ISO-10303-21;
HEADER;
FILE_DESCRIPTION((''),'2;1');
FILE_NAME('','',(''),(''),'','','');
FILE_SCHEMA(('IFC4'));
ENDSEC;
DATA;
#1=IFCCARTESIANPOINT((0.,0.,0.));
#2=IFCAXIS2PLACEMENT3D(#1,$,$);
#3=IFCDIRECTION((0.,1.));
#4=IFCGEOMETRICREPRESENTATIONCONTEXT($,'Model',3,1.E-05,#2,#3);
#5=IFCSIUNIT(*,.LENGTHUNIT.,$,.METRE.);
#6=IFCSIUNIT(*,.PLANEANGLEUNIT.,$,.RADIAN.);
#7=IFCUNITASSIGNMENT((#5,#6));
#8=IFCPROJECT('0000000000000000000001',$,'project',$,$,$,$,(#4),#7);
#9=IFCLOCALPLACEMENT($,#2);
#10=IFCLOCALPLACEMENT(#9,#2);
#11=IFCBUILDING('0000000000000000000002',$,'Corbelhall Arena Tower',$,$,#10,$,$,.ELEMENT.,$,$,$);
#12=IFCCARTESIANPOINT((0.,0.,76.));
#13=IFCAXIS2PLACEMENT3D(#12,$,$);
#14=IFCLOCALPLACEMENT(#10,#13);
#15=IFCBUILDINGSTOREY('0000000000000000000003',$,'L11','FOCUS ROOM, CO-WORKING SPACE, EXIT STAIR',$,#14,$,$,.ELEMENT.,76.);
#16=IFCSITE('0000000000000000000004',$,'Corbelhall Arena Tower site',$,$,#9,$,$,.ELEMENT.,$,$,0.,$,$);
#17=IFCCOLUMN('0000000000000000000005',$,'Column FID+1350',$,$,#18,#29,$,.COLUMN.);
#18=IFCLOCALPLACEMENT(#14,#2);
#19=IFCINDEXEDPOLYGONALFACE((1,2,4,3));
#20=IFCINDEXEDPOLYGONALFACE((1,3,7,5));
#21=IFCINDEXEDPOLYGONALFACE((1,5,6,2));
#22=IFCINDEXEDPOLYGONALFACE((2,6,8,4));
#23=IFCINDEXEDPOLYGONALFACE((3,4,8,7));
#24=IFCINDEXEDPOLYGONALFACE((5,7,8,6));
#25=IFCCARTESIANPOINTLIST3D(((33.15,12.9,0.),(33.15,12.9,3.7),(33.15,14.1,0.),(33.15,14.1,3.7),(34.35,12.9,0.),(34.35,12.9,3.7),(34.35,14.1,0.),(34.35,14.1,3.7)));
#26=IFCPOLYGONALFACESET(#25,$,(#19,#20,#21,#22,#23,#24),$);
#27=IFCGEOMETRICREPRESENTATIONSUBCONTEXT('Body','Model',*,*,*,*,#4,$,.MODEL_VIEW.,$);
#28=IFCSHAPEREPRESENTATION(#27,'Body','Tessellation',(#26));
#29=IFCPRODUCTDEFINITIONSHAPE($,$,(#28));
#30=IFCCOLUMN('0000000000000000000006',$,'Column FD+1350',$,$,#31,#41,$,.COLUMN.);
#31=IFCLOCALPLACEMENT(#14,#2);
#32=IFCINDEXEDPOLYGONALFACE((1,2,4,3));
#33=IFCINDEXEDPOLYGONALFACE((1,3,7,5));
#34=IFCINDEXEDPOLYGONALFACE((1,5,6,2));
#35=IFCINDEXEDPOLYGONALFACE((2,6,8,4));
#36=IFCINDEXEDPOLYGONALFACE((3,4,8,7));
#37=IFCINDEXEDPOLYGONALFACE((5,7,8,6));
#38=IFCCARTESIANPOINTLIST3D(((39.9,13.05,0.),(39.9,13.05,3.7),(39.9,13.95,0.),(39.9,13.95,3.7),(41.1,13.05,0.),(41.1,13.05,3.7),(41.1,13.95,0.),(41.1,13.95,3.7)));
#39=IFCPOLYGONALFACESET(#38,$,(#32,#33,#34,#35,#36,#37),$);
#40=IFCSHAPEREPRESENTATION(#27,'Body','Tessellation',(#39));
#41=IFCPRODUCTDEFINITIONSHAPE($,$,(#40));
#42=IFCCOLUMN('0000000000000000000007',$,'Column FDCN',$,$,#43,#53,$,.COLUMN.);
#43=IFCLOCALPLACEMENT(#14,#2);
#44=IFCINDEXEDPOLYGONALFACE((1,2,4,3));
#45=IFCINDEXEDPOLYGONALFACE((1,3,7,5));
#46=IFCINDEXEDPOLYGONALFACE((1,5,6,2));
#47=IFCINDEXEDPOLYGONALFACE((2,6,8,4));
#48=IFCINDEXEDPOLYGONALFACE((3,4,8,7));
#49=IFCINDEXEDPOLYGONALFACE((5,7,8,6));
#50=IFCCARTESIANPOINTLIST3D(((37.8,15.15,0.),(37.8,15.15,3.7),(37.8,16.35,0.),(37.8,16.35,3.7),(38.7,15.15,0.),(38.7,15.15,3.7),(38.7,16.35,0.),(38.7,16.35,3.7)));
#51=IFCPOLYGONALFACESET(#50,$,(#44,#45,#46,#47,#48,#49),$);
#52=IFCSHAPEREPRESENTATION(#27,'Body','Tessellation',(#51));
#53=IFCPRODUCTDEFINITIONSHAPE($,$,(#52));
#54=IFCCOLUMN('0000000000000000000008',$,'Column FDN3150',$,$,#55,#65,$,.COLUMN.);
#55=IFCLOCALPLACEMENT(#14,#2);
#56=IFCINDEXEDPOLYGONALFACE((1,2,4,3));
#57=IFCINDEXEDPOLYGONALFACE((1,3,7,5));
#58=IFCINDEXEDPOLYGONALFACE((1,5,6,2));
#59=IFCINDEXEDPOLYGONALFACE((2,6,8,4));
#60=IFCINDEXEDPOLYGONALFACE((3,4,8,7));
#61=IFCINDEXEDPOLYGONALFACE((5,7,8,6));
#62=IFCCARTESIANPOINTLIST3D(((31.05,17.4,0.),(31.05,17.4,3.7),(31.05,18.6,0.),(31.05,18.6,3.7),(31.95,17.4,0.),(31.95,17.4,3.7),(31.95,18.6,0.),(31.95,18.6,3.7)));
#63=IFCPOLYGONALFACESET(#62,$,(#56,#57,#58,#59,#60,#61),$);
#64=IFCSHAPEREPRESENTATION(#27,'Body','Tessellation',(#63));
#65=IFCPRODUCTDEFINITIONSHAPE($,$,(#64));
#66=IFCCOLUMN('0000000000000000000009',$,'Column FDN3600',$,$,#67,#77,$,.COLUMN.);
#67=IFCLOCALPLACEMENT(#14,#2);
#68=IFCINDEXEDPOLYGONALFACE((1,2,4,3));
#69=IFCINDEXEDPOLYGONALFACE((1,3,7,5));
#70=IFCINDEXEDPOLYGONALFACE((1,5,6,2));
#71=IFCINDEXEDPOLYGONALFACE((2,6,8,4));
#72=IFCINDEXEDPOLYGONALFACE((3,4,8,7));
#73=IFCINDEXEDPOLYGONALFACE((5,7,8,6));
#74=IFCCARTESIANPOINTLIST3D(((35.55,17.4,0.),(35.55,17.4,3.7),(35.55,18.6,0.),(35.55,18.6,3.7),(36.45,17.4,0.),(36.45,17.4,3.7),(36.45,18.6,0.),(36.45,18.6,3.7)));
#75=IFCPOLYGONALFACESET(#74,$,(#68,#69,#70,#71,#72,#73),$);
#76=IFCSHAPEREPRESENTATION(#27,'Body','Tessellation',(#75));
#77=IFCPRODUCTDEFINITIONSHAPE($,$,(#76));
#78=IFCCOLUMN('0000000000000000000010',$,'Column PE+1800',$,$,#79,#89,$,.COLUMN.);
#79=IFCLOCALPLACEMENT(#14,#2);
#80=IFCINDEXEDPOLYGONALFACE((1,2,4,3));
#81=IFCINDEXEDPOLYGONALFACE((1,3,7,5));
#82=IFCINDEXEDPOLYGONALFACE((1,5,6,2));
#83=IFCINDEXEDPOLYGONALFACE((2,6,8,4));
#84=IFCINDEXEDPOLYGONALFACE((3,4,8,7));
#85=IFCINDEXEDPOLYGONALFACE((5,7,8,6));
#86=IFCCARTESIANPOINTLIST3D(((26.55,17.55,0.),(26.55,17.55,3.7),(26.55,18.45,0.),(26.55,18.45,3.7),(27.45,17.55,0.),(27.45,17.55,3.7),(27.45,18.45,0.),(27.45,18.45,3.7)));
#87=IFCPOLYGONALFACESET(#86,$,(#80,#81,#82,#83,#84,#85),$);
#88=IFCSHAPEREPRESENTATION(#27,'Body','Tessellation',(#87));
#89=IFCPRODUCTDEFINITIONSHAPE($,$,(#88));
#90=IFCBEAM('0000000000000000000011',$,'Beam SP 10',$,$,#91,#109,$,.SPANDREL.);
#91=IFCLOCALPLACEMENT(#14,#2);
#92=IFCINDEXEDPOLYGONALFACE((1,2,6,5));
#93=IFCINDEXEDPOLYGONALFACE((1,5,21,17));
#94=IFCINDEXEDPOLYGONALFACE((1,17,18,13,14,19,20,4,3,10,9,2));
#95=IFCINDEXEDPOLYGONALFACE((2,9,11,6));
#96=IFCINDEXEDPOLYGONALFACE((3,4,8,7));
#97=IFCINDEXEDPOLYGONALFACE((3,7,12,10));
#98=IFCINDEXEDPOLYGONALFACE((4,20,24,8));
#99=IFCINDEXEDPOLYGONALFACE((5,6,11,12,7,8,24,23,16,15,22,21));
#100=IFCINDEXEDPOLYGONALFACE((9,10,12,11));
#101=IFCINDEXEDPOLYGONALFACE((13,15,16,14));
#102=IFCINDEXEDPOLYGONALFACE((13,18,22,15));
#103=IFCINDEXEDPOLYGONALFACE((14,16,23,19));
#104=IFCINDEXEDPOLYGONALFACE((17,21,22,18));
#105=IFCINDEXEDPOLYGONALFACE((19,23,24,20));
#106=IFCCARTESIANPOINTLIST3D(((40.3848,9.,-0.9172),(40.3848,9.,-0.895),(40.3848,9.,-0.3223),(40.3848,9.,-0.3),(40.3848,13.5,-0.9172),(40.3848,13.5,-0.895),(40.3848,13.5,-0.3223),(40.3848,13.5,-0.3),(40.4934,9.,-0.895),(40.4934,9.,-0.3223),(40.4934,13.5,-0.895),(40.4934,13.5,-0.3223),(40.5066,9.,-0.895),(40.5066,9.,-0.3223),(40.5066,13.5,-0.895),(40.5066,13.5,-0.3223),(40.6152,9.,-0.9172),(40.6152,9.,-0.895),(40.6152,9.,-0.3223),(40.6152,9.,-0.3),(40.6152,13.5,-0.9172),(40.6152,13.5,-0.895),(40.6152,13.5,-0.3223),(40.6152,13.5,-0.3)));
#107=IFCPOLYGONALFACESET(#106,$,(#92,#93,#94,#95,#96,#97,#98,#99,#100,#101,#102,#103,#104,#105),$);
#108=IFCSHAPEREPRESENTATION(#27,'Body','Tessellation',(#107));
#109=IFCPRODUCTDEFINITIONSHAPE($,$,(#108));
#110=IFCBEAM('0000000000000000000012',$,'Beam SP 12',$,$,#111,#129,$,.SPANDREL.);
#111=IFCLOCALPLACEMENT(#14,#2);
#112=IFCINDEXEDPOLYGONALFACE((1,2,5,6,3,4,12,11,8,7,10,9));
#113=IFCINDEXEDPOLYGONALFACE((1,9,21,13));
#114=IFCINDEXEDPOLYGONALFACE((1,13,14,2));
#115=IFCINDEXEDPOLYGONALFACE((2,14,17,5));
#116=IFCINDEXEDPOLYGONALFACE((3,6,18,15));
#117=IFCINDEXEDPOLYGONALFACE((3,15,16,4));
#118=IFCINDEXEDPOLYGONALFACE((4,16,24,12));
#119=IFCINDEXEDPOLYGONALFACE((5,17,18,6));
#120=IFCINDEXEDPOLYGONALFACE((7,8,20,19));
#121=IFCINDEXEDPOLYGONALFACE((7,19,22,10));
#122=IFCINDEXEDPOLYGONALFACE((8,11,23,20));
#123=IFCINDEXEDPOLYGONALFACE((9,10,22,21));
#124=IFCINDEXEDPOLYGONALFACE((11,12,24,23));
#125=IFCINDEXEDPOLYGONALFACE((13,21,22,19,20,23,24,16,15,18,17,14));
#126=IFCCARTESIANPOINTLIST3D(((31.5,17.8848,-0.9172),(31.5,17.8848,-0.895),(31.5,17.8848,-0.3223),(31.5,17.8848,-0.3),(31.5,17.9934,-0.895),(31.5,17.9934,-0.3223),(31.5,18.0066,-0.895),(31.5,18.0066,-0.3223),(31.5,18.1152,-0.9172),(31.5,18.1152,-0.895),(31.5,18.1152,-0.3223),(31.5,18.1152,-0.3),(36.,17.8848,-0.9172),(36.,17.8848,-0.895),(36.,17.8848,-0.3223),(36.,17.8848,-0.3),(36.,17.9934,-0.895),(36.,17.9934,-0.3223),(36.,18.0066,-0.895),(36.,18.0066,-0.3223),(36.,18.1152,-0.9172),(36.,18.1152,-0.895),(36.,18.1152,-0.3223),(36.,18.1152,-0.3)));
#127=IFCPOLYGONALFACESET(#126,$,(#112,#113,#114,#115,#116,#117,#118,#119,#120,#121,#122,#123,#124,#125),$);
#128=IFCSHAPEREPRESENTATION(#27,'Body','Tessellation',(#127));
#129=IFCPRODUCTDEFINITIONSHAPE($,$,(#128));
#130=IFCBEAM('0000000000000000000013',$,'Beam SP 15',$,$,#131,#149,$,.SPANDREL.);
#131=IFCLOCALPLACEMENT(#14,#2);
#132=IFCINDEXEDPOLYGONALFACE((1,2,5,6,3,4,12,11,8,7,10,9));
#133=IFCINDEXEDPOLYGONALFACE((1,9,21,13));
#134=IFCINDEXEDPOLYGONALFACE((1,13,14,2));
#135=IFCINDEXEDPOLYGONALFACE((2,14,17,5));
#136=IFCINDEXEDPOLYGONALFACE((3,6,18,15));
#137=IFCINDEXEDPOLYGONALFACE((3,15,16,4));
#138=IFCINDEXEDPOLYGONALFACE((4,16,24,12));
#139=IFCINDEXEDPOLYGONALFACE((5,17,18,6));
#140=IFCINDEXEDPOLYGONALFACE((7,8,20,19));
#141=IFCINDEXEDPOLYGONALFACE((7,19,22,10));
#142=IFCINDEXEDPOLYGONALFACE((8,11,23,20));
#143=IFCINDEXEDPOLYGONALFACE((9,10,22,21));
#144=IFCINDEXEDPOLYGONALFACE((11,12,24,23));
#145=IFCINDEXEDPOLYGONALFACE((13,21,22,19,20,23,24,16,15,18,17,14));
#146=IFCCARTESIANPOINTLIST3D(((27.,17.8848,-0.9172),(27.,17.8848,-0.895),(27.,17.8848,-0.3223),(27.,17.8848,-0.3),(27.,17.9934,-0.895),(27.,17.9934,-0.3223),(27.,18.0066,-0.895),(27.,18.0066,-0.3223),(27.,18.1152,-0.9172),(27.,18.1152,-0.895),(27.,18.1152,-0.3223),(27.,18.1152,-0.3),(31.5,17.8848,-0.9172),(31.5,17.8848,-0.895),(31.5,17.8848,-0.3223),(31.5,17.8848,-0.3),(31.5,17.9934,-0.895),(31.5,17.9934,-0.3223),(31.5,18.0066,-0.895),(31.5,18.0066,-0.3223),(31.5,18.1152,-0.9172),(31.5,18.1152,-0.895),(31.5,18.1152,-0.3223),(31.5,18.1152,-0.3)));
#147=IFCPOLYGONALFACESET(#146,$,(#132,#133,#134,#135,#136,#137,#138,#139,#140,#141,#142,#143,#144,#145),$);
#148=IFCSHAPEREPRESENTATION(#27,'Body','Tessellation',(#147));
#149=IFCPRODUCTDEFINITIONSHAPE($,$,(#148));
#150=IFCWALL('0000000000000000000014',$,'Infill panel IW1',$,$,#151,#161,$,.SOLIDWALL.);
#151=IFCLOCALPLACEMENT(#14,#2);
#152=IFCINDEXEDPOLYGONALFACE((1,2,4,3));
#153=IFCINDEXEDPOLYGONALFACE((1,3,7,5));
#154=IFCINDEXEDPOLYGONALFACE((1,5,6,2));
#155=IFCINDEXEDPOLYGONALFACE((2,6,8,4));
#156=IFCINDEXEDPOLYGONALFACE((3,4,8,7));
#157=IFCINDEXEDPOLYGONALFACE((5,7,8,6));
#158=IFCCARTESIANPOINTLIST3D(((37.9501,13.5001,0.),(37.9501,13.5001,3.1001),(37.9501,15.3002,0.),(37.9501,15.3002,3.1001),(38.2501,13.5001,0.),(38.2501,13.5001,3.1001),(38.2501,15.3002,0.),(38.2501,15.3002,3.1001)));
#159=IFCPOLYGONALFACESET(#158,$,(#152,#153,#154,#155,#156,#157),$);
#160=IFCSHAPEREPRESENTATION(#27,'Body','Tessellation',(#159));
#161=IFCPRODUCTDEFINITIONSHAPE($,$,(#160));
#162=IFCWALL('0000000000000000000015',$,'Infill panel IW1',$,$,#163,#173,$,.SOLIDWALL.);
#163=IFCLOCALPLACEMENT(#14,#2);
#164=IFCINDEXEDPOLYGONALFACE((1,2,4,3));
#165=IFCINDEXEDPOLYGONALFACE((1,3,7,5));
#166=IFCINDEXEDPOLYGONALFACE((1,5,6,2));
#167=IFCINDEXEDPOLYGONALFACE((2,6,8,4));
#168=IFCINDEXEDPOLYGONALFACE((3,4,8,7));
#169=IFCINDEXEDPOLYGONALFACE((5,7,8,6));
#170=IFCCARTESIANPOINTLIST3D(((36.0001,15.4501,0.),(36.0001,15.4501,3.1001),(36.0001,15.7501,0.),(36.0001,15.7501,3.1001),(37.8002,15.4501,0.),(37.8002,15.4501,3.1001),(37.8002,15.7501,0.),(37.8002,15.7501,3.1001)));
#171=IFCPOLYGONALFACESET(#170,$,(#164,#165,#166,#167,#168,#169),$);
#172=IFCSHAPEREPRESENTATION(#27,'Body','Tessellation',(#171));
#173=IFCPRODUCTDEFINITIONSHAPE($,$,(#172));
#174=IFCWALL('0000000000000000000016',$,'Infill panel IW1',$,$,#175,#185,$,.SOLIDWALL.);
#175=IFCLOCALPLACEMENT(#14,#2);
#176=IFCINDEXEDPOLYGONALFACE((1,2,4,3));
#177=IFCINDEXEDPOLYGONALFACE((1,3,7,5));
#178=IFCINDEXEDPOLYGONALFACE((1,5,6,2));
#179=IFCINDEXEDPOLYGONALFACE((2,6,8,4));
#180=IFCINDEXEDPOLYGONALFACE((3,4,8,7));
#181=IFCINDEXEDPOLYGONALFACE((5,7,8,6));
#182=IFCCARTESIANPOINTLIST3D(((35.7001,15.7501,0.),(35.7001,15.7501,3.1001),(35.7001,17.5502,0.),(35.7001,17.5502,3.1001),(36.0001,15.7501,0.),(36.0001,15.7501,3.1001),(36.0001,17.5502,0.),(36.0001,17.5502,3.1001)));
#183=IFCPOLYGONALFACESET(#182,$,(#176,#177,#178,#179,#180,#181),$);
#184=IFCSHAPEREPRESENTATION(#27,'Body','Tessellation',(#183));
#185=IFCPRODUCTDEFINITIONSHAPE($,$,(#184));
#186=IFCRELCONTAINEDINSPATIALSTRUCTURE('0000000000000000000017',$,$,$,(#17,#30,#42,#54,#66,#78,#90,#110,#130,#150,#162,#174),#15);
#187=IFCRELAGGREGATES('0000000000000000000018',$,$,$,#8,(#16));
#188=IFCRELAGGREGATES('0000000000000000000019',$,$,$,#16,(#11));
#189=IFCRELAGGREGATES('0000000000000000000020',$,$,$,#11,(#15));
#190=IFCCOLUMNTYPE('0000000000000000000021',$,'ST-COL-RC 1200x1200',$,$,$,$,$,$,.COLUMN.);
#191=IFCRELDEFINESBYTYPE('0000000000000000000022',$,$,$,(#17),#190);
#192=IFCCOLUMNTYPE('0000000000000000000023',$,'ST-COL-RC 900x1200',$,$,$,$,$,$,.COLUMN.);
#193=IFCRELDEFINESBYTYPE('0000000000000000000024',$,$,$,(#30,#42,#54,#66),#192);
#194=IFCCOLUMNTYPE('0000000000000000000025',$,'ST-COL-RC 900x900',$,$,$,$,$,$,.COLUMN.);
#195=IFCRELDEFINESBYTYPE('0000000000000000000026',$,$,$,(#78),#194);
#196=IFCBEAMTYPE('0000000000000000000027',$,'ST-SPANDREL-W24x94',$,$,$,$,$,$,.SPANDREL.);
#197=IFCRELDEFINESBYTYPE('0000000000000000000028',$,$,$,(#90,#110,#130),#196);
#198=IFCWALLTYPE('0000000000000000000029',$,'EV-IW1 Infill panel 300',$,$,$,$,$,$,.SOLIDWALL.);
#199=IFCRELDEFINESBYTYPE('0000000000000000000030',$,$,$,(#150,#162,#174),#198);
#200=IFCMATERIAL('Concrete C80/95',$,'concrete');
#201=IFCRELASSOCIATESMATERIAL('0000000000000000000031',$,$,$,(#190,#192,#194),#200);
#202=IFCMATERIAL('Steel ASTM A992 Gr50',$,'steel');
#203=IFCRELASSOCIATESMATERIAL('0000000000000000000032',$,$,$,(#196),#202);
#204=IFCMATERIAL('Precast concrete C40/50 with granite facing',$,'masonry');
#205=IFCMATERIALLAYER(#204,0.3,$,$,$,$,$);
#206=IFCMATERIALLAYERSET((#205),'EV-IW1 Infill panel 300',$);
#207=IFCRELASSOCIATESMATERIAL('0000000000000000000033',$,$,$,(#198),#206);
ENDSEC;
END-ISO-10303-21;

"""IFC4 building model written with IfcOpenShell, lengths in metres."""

from ifc_helpers import new_model, si_unit, direction, frame, frame_2d, origin, origin_2d, place, context, subcontext, project, spatial, rectangle, i_section, extrude, material, layer, layer_set, material_profile, profile_set, type_object, element, save


model = new_model("IFC4")

# Units and contexts
model_context = context("Model", 3, precision=1e-05, world=origin(), true_north=direction((0.0, 1.0)))
body_context = subcontext(model_context, "Body", "Model", "MODEL_VIEW")
ifc_project = project(units=[si_unit("LENGTHUNIT", "METRE"), si_unit("PLANEANGLEUNIT", "RADIAN")], contexts=[model_context])

# Site, building, storey
site_placement = place(None, origin())
site = spatial("IfcSite", under=ifc_project, at=site_placement, Name="Corbelhall Arena Tower site", CompositionType="ELEMENT", RefElevation=0.0)
building_placement = place(site_placement, origin())
building = spatial("IfcBuilding", under=site, at=building_placement, Name="Corbelhall Arena Tower", CompositionType="ELEMENT")
storey_placement = place(building_placement, frame((0.0, 0.0, 76.0)))
storey = spatial("IfcBuildingStorey", under=building, at=storey_placement, Name="L11", Description="FOCUS ROOM, CO-WORKING SPACE, EXIT STAIR", CompositionType="ELEMENT", Elevation=76.0)

# Columns
ifc_material_1 = material(Name="Concrete C80/95", Category="concrete")
ifc_material_profile_1 = material_profile(ifc_material_1, rectangle(XDim=1.2, YDim=1.2, at=origin_2d()))
ifc_profile_set_1 = profile_set([ifc_material_profile_1], Name="Concrete C80/95")
column_type_1 = type_object("IfcColumnType", Name="ST-COL-RC 1200x1200", PredefinedType="COLUMN", material=ifc_profile_set_1)
column_1_placement = place(storey_placement, frame((33.75, 13.5, 0.0), z_axis=(0.0, 0.0, 1.0), x_axis=(1.0, 0.0, 0.0)))
element("IfcColumn", 1, at=column_1_placement, inside=storey, type_object=column_type_1, Name="Column FID+1350", PredefinedType="COLUMN", context=body_context, shape_type="SweptSolid", body=[
    extrude(rectangle(XDim=1.2, YDim=1.2, at=origin_2d()), origin(), (0.0, 0.0, 1.0), 3.7),
])
ifc_material_profile_2 = material_profile(ifc_material_1, rectangle(XDim=0.8999, YDim=1.2, at=origin_2d()))
ifc_profile_set_2 = profile_set([ifc_material_profile_2], Name="Concrete C80/95")
column_type_2 = type_object("IfcColumnType", Name="ST-COL-RC 900x1200", PredefinedType="COLUMN", material=ifc_profile_set_2)
for number, where, z_axis, x_axis, name in (
    (2, (40.5, 13.5, 0.0), (0.0, 0.0, 1.0), (0.0, 1.0, 0.0), "Column FD+1350"),
    (3, (38.25, 15.75, 0.0), (0.0, 0.0, 1.0), (1.0, 0.0, 0.0), "Column FDCN"),
    (4, (31.5, 18.0, 0.0), (0.0, 0.0, 1.0), (1.0, 0.0, 0.0), "Column FDN3150"),
    (5, (36.0, 18.0, 0.0), (0.0, 0.0, 1.0), (1.0, 0.0, 0.0), "Column FDN3600"),
):
    element("IfcColumn", number, at=place(storey_placement, frame(where, z_axis=z_axis, x_axis=x_axis)), inside=storey, type_object=column_type_2, Name=name, PredefinedType="COLUMN", context=body_context, shape_type="SweptSolid", body=[
        extrude(rectangle(XDim=0.8999, YDim=1.2, at=origin_2d()), origin(), (0.0, 0.0, 1.0), 3.7),
    ])
ifc_material_profile_3 = material_profile(ifc_material_1, rectangle(XDim=0.8999, YDim=0.8999, at=origin_2d()))
ifc_profile_set_3 = profile_set([ifc_material_profile_3], Name="Concrete C80/95")
column_type_3 = type_object("IfcColumnType", Name="ST-COL-RC 900x900", PredefinedType="COLUMN", material=ifc_profile_set_3)
column_2_placement = place(storey_placement, frame((27.0, 18.0, 0.0), z_axis=(0.0, 0.0, 1.0), x_axis=(1.0, 0.0, 0.0)))
element("IfcColumn", 6, at=column_2_placement, inside=storey, type_object=column_type_3, Name="Column PE+1800", PredefinedType="COLUMN", context=body_context, shape_type="SweptSolid", body=[
    extrude(rectangle(XDim=0.8999, YDim=0.8999, at=origin_2d()), origin(), (0.0, 0.0, 1.0), 3.7),
])

# Beams
ifc_material_2 = material(Name="Steel ASTM A992 Gr50", Category="steel")
ifc_material_profile_4 = material_profile(ifc_material_2, i_section(OverallWidth=0.2305, OverallDepth=0.6172, WebThickness=0.0132, FlangeThickness=0.0222, at=origin_2d()))
ifc_profile_set_4 = profile_set([ifc_material_profile_4], Name="Steel ASTM A992 Gr50")
beam_type = type_object("IfcBeamType", Name="ST-SPANDREL-W24x94", PredefinedType="SPANDREL", material=ifc_profile_set_4)
for number, where, z_axis, x_axis, name in (
    (7, (40.5, 13.5, -0.6086), (0.0, -1.0, 0.0), (1.0, 0.0, 0.0), "Beam SP 10"),
    (8, (31.5, 18.0, -0.6086), (1.0, 0.0, 0.0), (0.0, 1.0, 0.0), "Beam SP 12"),
    (9, (27.0, 18.0, -0.6086), (1.0, 0.0, 0.0), (0.0, 1.0, 0.0), "Beam SP 15"),
):
    element("IfcBeam", number, at=place(storey_placement, frame(where, z_axis=z_axis, x_axis=x_axis)), inside=storey, type_object=beam_type, Name=name, PredefinedType="SPANDREL", context=body_context, shape_type="SweptSolid", body=[
        extrude(i_section(OverallWidth=0.2305, OverallDepth=0.6172, WebThickness=0.0132, FlangeThickness=0.0222, at=origin_2d()), origin(), (0.0, 0.0, 1.0), 4.5),
    ])

# Walls
ifc_material_3 = material(Name="Precast concrete C40/50 with granite facing", Category="masonry")
ifc_layer = layer(ifc_material_3, 0.3)
ifc_layer_set = layer_set([ifc_layer], Name="EV-IW1 Infill panel 300")
wall_type = type_object("IfcWallType", Name="EV-IW1 Infill panel 300", PredefinedType="SOLIDWALL", material=ifc_layer_set)
for number, where, z_axis, x_axis, name in (
    (10, (38.1001, 15.3, 0.0), (0.0, 0.0, 1.0), (0.0, -1.0, 0.0), "Infill panel IW1"),
    (11, (37.8, 15.6001, 0.0), (0.0, 0.0, 1.0), (-1.0, 0.0, 0.0), "Infill panel IW1"),
    (12, (35.8501, 17.55, 0.0), (0.0, 0.0, 1.0), (0.0, -1.0, 0.0), "Infill panel IW1"),
):
    element("IfcWall", number, at=place(storey_placement, frame(where, z_axis=z_axis, x_axis=x_axis)), inside=storey, type_object=wall_type, Name=name, PredefinedType="SOLIDWALL", context=body_context, shape_type="SweptSolid", body=[
        extrude(rectangle(XDim=1.8, YDim=0.3, at=frame_2d((0.8999, 0.0))), origin(), (0.0, 0.0, 1.0), 3.1001),
    ])

save(model, "model.ifc")
